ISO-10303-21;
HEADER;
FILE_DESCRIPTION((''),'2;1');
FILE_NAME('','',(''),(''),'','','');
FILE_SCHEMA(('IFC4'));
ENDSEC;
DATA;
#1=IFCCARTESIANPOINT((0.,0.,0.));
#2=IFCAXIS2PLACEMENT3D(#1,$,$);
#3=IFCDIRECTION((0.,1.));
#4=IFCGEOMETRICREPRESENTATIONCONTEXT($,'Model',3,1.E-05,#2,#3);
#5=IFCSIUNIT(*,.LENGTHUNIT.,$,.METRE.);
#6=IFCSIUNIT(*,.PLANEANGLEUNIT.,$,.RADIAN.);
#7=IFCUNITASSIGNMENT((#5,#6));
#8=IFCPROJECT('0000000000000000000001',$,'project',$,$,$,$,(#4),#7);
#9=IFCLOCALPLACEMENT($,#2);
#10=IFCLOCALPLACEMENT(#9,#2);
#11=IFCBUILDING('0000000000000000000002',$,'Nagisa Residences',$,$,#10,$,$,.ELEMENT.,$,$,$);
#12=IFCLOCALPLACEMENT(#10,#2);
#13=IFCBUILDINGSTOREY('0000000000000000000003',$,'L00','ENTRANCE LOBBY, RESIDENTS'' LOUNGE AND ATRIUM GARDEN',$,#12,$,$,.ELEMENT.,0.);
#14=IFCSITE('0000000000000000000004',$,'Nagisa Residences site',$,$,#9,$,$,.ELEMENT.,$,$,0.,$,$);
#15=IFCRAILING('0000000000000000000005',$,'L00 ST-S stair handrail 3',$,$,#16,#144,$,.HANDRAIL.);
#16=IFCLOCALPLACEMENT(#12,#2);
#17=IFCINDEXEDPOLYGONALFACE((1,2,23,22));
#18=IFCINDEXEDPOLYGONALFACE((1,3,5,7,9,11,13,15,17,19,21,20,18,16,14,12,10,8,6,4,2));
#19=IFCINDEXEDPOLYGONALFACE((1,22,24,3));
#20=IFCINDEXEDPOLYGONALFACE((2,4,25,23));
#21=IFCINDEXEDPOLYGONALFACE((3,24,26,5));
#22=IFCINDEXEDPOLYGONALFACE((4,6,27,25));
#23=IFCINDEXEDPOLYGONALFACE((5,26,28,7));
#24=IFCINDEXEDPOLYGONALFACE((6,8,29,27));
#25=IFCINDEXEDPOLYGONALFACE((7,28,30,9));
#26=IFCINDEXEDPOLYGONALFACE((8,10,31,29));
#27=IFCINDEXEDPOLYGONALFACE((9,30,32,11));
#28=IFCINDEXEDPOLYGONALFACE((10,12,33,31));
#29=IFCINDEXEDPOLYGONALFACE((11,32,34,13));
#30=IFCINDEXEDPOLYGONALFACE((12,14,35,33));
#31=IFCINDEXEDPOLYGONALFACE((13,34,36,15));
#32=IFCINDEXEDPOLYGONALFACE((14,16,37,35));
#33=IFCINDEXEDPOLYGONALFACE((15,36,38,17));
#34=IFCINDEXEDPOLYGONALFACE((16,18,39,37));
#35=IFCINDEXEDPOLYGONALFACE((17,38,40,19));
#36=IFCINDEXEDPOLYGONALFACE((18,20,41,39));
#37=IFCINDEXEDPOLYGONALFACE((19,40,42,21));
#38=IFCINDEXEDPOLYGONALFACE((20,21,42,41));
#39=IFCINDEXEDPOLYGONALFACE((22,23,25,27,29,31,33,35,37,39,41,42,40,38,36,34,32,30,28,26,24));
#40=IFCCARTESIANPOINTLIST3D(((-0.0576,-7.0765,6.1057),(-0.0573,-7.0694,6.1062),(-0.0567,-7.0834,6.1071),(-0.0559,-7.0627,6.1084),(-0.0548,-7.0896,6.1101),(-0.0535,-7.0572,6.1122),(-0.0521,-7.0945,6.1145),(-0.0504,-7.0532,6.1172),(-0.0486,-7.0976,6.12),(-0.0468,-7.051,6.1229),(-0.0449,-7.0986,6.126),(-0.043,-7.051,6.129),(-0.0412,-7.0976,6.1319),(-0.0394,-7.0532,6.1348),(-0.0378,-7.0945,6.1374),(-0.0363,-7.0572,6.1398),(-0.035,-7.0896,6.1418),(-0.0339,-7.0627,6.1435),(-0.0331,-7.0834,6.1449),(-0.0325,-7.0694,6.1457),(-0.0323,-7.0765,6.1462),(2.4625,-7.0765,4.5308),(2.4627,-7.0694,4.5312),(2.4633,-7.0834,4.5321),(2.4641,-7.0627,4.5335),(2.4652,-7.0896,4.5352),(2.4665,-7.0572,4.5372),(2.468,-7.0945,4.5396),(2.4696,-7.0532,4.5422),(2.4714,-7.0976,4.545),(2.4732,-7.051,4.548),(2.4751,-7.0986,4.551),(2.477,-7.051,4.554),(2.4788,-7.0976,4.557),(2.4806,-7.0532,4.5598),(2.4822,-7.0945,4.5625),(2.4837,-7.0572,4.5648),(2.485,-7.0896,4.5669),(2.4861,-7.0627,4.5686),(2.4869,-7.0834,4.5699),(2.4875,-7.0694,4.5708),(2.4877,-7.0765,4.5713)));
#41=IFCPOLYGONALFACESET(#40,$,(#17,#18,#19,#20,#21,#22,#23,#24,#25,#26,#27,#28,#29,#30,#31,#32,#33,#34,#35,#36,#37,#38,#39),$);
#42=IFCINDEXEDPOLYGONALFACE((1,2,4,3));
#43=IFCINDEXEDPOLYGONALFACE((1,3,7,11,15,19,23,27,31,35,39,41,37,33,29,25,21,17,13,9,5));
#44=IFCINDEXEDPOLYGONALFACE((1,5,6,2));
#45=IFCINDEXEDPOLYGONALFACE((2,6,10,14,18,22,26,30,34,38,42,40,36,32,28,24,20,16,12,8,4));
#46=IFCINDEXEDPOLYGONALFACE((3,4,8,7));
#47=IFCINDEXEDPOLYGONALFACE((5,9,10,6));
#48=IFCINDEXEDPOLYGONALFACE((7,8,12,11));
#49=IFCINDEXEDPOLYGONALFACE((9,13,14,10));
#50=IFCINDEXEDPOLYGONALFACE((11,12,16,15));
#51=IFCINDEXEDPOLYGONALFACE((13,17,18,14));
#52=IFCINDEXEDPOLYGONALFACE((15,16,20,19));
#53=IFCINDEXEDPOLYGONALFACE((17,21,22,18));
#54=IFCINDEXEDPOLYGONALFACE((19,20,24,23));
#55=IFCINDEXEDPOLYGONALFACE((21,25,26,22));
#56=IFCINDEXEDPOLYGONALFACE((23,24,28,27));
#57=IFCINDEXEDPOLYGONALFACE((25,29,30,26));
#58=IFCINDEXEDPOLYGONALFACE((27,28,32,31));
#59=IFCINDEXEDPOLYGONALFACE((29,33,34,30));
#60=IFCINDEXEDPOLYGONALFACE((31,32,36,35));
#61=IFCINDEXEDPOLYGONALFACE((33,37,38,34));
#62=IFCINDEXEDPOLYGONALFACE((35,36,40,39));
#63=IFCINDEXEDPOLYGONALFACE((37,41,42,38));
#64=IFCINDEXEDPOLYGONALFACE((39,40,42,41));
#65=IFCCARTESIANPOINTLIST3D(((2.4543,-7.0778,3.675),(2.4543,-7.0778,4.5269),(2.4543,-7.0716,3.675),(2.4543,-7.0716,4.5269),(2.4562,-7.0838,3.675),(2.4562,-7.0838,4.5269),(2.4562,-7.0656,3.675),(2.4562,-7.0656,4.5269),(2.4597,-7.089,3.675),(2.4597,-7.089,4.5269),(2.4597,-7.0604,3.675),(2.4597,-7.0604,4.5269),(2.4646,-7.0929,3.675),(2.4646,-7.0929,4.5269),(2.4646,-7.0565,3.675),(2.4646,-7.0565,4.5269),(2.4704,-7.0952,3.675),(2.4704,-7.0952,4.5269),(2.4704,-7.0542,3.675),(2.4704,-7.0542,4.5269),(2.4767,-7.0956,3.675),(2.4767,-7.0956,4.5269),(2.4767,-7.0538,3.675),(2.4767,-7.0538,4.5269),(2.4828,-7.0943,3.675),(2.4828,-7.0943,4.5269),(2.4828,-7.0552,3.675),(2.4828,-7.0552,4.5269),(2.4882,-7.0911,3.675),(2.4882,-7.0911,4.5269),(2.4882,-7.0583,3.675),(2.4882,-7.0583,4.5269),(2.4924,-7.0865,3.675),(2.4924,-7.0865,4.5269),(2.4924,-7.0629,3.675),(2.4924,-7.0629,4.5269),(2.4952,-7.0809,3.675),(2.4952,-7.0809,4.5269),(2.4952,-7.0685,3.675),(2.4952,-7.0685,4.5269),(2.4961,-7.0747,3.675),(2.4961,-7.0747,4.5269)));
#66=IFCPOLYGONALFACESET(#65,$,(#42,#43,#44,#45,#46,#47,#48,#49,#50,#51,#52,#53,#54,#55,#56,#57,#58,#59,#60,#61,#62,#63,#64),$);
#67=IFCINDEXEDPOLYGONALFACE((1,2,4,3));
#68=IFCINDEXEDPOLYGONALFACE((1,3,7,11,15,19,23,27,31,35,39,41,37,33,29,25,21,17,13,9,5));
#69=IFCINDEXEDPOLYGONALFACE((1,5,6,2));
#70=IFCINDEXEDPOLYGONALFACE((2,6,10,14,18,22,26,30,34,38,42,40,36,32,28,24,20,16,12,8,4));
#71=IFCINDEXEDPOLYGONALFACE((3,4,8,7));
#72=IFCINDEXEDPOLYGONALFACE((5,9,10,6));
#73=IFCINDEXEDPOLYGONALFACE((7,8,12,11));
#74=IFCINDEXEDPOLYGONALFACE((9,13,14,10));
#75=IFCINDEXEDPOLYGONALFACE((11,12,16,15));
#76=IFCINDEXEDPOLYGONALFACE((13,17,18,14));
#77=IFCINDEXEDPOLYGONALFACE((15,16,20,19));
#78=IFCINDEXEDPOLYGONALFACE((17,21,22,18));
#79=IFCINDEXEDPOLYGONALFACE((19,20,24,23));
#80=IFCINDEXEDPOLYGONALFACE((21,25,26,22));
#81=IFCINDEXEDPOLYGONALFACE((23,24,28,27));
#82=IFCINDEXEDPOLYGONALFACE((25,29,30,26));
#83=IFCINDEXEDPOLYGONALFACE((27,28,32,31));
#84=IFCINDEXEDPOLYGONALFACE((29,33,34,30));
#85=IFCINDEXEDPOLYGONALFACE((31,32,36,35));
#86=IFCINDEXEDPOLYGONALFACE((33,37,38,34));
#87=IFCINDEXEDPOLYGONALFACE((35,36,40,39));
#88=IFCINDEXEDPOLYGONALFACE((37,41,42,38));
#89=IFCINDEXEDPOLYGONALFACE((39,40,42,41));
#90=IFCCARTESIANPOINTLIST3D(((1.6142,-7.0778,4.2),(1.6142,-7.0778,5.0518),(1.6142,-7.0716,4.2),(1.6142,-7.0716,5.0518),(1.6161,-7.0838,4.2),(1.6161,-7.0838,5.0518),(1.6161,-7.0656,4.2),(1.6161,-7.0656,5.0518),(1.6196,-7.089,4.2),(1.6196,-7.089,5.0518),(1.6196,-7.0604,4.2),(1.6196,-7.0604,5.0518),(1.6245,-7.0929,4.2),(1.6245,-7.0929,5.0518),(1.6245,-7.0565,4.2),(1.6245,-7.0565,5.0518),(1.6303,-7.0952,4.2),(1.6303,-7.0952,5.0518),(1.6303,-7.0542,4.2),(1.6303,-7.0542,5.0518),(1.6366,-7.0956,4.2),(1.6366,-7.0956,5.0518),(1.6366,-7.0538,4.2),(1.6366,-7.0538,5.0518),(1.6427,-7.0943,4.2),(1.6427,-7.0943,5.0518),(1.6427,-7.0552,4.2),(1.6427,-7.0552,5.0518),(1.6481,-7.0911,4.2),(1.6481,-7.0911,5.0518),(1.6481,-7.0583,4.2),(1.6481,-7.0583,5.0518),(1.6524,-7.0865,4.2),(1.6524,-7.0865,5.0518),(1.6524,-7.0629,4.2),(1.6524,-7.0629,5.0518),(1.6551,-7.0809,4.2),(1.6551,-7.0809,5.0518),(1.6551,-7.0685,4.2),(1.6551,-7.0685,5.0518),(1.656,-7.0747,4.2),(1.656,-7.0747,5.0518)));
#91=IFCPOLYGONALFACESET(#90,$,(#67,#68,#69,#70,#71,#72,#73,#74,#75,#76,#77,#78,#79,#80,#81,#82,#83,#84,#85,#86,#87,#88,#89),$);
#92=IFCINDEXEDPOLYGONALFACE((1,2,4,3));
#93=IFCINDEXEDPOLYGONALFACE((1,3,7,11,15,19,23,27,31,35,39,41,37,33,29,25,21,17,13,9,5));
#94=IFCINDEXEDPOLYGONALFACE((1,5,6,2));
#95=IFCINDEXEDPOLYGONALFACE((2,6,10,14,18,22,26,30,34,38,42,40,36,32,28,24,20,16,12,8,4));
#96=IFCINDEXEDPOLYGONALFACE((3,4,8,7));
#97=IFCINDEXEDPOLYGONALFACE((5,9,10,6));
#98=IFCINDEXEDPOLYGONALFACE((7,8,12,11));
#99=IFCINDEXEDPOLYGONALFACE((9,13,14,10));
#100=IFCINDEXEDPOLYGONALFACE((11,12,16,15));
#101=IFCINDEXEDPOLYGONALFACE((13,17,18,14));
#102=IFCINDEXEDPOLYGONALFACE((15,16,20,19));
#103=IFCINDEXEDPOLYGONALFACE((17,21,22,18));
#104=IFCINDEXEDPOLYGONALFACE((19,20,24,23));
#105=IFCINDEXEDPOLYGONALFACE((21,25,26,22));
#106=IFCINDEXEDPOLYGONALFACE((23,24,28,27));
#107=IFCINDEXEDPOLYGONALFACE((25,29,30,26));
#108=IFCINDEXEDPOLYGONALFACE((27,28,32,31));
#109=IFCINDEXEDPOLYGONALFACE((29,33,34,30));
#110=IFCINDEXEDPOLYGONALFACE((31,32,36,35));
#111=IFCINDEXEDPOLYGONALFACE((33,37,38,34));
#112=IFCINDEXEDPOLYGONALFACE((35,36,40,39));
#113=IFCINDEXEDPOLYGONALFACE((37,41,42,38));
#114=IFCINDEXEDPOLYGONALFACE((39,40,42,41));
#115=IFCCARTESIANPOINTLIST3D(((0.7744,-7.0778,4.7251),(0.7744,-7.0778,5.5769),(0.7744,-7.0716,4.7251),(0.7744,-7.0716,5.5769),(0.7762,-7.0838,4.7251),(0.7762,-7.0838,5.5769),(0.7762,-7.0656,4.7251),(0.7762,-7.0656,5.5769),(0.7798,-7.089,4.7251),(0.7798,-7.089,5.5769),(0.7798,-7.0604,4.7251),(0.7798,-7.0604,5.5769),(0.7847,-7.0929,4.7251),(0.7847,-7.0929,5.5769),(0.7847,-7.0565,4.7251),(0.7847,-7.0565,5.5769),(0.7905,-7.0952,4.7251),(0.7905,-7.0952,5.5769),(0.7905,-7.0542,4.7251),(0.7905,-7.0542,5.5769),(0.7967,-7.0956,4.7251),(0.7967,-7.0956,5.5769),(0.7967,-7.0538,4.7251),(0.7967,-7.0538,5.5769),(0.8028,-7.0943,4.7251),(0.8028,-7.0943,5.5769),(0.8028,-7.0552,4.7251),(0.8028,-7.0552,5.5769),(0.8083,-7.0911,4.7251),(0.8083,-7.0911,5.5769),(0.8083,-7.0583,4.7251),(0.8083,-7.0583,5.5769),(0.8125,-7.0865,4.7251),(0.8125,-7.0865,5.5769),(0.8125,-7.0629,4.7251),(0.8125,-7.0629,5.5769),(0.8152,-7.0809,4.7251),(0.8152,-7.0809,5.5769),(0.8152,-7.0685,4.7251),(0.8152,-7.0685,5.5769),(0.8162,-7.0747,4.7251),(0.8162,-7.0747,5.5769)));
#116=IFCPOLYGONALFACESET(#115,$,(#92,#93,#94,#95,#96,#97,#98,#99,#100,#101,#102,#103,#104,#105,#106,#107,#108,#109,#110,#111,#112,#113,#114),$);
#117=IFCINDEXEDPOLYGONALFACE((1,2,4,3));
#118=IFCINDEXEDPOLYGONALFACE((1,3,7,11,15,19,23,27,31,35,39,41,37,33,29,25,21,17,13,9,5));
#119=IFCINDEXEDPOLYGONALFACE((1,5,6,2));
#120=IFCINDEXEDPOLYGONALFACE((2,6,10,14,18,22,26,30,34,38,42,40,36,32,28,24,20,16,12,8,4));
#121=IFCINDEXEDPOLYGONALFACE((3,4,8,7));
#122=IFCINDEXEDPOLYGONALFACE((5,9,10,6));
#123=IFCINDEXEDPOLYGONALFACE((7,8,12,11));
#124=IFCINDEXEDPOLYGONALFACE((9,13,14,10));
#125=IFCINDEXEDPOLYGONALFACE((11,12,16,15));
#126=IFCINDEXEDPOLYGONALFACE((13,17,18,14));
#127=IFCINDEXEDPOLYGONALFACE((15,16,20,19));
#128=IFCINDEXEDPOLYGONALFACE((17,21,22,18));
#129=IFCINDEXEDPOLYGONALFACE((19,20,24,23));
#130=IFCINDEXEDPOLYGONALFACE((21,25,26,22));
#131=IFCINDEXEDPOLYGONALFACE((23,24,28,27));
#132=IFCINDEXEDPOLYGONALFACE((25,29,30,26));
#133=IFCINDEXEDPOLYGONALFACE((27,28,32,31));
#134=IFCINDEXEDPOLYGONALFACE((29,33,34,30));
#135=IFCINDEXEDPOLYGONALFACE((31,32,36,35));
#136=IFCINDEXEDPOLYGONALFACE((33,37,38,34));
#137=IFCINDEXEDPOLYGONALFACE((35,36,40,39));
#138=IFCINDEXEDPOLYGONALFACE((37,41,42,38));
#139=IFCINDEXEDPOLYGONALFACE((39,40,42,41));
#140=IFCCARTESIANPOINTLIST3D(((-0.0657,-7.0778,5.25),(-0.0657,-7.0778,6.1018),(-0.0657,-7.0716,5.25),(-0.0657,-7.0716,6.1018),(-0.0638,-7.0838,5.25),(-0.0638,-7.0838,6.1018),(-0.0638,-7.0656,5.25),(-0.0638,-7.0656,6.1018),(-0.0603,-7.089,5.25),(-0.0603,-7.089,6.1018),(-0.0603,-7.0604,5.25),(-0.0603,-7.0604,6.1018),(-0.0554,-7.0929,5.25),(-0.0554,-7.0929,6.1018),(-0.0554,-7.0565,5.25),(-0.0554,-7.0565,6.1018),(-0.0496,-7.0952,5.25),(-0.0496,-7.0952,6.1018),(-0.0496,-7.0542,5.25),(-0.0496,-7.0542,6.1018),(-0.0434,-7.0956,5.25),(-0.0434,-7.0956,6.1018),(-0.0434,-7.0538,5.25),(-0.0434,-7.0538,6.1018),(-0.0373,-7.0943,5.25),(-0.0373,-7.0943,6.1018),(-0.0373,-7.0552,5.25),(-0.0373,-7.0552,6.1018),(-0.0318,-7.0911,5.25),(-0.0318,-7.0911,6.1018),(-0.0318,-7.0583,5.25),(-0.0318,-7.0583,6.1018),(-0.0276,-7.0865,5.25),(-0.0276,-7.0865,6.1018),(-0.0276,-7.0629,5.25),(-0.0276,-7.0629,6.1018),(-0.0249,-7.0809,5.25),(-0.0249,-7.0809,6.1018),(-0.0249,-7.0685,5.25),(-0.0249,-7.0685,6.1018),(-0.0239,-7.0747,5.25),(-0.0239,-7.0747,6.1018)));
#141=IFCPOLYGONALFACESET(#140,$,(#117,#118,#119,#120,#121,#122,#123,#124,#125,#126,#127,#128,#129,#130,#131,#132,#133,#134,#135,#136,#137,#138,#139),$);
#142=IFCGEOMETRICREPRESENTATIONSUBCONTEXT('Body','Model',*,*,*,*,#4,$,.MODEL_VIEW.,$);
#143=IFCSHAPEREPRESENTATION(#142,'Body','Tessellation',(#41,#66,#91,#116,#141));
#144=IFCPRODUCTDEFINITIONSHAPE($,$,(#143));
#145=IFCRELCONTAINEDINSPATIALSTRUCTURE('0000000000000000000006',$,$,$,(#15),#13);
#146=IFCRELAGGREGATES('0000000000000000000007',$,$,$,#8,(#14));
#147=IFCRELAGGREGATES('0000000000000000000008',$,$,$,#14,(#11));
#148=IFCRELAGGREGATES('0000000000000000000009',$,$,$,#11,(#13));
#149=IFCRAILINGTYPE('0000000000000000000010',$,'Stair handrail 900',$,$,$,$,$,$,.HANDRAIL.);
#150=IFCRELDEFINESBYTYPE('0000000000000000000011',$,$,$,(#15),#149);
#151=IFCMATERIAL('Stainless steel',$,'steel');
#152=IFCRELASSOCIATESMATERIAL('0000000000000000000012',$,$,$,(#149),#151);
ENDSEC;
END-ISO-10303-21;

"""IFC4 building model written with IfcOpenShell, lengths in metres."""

from ifc_helpers import new_model, si_unit, direction, frame, origin, origin_2d, place, context, subcontext, project, spatial, circle, extrude, material, type_object, element, save


model = new_model("IFC4")

# Units and contexts
model_context = context("Model", 3, precision=1e-05, world=origin(), true_north=direction((0.0, 1.0)))
body_context = subcontext(model_context, "Body", "Model", "MODEL_VIEW")
ifc_project = project(units=[si_unit("LENGTHUNIT", "METRE"), si_unit("PLANEANGLEUNIT", "RADIAN")], contexts=[model_context])

# Site, building, storey
site_placement = place(None, origin())
site = spatial("IfcSite", under=ifc_project, at=site_placement, Name="Nagisa Residences site", CompositionType="ELEMENT", RefElevation=0.0)
building_placement = place(site_placement, origin())
building = spatial("IfcBuilding", under=site, at=building_placement, Name="Nagisa Residences", CompositionType="ELEMENT")
storey_placement = place(building_placement, origin())
storey = spatial("IfcBuildingStorey", under=building, at=storey_placement, Name="L00", Description="ENTRANCE LOBBY, RESIDENTS' LOUNGE AND ATRIUM GARDEN", CompositionType="ELEMENT", Elevation=0.0)

# Railing
ifc_material_1 = material(Name="Stainless steel", Category="steel")
railing_type_1 = type_object("IfcRailingType", Name="Stair handrail 900", PredefinedType="HANDRAIL", material=ifc_material_1)
railing_1_placement = place(storey_placement, frame((2.4751, -7.0747, 3.675)))
element("IfcRailing", 1, at=railing_1_placement, inside=storey, type_object=railing_type_1, Name="L00 ST-S stair handrail 3", PredefinedType="HANDRAIL", context=body_context, shape_type="SweptSolid", body=[
    extrude(circle(Radius=0.0239, at=origin_2d()), frame((0.0, 0.0, 0.876), z_axis=(-0.848008, 0.0, 0.529984), x_axis=(0.0, -1.0, 0.0)), (0.0, 0.0, 1.0), 2.9717),
    extrude(circle(Radius=0.021, at=origin_2d()), origin(), (0.0, 0.0, 1.0), 0.8518),
    extrude(circle(Radius=0.021, at=origin_2d()), frame((-0.8401, 0.0, 0.5249)), (0.0, 0.0, 1.0), 0.8518),
    extrude(circle(Radius=0.021, at=origin_2d()), frame((-1.6799, 0.0, 1.05)), (0.0, 0.0, 1.0), 0.8518),
    extrude(circle(Radius=0.021, at=origin_2d()), frame((-2.52, 0.0, 1.575)), (0.0, 0.0, 1.0), 0.8518),
])

save(model, "model.ifc")
